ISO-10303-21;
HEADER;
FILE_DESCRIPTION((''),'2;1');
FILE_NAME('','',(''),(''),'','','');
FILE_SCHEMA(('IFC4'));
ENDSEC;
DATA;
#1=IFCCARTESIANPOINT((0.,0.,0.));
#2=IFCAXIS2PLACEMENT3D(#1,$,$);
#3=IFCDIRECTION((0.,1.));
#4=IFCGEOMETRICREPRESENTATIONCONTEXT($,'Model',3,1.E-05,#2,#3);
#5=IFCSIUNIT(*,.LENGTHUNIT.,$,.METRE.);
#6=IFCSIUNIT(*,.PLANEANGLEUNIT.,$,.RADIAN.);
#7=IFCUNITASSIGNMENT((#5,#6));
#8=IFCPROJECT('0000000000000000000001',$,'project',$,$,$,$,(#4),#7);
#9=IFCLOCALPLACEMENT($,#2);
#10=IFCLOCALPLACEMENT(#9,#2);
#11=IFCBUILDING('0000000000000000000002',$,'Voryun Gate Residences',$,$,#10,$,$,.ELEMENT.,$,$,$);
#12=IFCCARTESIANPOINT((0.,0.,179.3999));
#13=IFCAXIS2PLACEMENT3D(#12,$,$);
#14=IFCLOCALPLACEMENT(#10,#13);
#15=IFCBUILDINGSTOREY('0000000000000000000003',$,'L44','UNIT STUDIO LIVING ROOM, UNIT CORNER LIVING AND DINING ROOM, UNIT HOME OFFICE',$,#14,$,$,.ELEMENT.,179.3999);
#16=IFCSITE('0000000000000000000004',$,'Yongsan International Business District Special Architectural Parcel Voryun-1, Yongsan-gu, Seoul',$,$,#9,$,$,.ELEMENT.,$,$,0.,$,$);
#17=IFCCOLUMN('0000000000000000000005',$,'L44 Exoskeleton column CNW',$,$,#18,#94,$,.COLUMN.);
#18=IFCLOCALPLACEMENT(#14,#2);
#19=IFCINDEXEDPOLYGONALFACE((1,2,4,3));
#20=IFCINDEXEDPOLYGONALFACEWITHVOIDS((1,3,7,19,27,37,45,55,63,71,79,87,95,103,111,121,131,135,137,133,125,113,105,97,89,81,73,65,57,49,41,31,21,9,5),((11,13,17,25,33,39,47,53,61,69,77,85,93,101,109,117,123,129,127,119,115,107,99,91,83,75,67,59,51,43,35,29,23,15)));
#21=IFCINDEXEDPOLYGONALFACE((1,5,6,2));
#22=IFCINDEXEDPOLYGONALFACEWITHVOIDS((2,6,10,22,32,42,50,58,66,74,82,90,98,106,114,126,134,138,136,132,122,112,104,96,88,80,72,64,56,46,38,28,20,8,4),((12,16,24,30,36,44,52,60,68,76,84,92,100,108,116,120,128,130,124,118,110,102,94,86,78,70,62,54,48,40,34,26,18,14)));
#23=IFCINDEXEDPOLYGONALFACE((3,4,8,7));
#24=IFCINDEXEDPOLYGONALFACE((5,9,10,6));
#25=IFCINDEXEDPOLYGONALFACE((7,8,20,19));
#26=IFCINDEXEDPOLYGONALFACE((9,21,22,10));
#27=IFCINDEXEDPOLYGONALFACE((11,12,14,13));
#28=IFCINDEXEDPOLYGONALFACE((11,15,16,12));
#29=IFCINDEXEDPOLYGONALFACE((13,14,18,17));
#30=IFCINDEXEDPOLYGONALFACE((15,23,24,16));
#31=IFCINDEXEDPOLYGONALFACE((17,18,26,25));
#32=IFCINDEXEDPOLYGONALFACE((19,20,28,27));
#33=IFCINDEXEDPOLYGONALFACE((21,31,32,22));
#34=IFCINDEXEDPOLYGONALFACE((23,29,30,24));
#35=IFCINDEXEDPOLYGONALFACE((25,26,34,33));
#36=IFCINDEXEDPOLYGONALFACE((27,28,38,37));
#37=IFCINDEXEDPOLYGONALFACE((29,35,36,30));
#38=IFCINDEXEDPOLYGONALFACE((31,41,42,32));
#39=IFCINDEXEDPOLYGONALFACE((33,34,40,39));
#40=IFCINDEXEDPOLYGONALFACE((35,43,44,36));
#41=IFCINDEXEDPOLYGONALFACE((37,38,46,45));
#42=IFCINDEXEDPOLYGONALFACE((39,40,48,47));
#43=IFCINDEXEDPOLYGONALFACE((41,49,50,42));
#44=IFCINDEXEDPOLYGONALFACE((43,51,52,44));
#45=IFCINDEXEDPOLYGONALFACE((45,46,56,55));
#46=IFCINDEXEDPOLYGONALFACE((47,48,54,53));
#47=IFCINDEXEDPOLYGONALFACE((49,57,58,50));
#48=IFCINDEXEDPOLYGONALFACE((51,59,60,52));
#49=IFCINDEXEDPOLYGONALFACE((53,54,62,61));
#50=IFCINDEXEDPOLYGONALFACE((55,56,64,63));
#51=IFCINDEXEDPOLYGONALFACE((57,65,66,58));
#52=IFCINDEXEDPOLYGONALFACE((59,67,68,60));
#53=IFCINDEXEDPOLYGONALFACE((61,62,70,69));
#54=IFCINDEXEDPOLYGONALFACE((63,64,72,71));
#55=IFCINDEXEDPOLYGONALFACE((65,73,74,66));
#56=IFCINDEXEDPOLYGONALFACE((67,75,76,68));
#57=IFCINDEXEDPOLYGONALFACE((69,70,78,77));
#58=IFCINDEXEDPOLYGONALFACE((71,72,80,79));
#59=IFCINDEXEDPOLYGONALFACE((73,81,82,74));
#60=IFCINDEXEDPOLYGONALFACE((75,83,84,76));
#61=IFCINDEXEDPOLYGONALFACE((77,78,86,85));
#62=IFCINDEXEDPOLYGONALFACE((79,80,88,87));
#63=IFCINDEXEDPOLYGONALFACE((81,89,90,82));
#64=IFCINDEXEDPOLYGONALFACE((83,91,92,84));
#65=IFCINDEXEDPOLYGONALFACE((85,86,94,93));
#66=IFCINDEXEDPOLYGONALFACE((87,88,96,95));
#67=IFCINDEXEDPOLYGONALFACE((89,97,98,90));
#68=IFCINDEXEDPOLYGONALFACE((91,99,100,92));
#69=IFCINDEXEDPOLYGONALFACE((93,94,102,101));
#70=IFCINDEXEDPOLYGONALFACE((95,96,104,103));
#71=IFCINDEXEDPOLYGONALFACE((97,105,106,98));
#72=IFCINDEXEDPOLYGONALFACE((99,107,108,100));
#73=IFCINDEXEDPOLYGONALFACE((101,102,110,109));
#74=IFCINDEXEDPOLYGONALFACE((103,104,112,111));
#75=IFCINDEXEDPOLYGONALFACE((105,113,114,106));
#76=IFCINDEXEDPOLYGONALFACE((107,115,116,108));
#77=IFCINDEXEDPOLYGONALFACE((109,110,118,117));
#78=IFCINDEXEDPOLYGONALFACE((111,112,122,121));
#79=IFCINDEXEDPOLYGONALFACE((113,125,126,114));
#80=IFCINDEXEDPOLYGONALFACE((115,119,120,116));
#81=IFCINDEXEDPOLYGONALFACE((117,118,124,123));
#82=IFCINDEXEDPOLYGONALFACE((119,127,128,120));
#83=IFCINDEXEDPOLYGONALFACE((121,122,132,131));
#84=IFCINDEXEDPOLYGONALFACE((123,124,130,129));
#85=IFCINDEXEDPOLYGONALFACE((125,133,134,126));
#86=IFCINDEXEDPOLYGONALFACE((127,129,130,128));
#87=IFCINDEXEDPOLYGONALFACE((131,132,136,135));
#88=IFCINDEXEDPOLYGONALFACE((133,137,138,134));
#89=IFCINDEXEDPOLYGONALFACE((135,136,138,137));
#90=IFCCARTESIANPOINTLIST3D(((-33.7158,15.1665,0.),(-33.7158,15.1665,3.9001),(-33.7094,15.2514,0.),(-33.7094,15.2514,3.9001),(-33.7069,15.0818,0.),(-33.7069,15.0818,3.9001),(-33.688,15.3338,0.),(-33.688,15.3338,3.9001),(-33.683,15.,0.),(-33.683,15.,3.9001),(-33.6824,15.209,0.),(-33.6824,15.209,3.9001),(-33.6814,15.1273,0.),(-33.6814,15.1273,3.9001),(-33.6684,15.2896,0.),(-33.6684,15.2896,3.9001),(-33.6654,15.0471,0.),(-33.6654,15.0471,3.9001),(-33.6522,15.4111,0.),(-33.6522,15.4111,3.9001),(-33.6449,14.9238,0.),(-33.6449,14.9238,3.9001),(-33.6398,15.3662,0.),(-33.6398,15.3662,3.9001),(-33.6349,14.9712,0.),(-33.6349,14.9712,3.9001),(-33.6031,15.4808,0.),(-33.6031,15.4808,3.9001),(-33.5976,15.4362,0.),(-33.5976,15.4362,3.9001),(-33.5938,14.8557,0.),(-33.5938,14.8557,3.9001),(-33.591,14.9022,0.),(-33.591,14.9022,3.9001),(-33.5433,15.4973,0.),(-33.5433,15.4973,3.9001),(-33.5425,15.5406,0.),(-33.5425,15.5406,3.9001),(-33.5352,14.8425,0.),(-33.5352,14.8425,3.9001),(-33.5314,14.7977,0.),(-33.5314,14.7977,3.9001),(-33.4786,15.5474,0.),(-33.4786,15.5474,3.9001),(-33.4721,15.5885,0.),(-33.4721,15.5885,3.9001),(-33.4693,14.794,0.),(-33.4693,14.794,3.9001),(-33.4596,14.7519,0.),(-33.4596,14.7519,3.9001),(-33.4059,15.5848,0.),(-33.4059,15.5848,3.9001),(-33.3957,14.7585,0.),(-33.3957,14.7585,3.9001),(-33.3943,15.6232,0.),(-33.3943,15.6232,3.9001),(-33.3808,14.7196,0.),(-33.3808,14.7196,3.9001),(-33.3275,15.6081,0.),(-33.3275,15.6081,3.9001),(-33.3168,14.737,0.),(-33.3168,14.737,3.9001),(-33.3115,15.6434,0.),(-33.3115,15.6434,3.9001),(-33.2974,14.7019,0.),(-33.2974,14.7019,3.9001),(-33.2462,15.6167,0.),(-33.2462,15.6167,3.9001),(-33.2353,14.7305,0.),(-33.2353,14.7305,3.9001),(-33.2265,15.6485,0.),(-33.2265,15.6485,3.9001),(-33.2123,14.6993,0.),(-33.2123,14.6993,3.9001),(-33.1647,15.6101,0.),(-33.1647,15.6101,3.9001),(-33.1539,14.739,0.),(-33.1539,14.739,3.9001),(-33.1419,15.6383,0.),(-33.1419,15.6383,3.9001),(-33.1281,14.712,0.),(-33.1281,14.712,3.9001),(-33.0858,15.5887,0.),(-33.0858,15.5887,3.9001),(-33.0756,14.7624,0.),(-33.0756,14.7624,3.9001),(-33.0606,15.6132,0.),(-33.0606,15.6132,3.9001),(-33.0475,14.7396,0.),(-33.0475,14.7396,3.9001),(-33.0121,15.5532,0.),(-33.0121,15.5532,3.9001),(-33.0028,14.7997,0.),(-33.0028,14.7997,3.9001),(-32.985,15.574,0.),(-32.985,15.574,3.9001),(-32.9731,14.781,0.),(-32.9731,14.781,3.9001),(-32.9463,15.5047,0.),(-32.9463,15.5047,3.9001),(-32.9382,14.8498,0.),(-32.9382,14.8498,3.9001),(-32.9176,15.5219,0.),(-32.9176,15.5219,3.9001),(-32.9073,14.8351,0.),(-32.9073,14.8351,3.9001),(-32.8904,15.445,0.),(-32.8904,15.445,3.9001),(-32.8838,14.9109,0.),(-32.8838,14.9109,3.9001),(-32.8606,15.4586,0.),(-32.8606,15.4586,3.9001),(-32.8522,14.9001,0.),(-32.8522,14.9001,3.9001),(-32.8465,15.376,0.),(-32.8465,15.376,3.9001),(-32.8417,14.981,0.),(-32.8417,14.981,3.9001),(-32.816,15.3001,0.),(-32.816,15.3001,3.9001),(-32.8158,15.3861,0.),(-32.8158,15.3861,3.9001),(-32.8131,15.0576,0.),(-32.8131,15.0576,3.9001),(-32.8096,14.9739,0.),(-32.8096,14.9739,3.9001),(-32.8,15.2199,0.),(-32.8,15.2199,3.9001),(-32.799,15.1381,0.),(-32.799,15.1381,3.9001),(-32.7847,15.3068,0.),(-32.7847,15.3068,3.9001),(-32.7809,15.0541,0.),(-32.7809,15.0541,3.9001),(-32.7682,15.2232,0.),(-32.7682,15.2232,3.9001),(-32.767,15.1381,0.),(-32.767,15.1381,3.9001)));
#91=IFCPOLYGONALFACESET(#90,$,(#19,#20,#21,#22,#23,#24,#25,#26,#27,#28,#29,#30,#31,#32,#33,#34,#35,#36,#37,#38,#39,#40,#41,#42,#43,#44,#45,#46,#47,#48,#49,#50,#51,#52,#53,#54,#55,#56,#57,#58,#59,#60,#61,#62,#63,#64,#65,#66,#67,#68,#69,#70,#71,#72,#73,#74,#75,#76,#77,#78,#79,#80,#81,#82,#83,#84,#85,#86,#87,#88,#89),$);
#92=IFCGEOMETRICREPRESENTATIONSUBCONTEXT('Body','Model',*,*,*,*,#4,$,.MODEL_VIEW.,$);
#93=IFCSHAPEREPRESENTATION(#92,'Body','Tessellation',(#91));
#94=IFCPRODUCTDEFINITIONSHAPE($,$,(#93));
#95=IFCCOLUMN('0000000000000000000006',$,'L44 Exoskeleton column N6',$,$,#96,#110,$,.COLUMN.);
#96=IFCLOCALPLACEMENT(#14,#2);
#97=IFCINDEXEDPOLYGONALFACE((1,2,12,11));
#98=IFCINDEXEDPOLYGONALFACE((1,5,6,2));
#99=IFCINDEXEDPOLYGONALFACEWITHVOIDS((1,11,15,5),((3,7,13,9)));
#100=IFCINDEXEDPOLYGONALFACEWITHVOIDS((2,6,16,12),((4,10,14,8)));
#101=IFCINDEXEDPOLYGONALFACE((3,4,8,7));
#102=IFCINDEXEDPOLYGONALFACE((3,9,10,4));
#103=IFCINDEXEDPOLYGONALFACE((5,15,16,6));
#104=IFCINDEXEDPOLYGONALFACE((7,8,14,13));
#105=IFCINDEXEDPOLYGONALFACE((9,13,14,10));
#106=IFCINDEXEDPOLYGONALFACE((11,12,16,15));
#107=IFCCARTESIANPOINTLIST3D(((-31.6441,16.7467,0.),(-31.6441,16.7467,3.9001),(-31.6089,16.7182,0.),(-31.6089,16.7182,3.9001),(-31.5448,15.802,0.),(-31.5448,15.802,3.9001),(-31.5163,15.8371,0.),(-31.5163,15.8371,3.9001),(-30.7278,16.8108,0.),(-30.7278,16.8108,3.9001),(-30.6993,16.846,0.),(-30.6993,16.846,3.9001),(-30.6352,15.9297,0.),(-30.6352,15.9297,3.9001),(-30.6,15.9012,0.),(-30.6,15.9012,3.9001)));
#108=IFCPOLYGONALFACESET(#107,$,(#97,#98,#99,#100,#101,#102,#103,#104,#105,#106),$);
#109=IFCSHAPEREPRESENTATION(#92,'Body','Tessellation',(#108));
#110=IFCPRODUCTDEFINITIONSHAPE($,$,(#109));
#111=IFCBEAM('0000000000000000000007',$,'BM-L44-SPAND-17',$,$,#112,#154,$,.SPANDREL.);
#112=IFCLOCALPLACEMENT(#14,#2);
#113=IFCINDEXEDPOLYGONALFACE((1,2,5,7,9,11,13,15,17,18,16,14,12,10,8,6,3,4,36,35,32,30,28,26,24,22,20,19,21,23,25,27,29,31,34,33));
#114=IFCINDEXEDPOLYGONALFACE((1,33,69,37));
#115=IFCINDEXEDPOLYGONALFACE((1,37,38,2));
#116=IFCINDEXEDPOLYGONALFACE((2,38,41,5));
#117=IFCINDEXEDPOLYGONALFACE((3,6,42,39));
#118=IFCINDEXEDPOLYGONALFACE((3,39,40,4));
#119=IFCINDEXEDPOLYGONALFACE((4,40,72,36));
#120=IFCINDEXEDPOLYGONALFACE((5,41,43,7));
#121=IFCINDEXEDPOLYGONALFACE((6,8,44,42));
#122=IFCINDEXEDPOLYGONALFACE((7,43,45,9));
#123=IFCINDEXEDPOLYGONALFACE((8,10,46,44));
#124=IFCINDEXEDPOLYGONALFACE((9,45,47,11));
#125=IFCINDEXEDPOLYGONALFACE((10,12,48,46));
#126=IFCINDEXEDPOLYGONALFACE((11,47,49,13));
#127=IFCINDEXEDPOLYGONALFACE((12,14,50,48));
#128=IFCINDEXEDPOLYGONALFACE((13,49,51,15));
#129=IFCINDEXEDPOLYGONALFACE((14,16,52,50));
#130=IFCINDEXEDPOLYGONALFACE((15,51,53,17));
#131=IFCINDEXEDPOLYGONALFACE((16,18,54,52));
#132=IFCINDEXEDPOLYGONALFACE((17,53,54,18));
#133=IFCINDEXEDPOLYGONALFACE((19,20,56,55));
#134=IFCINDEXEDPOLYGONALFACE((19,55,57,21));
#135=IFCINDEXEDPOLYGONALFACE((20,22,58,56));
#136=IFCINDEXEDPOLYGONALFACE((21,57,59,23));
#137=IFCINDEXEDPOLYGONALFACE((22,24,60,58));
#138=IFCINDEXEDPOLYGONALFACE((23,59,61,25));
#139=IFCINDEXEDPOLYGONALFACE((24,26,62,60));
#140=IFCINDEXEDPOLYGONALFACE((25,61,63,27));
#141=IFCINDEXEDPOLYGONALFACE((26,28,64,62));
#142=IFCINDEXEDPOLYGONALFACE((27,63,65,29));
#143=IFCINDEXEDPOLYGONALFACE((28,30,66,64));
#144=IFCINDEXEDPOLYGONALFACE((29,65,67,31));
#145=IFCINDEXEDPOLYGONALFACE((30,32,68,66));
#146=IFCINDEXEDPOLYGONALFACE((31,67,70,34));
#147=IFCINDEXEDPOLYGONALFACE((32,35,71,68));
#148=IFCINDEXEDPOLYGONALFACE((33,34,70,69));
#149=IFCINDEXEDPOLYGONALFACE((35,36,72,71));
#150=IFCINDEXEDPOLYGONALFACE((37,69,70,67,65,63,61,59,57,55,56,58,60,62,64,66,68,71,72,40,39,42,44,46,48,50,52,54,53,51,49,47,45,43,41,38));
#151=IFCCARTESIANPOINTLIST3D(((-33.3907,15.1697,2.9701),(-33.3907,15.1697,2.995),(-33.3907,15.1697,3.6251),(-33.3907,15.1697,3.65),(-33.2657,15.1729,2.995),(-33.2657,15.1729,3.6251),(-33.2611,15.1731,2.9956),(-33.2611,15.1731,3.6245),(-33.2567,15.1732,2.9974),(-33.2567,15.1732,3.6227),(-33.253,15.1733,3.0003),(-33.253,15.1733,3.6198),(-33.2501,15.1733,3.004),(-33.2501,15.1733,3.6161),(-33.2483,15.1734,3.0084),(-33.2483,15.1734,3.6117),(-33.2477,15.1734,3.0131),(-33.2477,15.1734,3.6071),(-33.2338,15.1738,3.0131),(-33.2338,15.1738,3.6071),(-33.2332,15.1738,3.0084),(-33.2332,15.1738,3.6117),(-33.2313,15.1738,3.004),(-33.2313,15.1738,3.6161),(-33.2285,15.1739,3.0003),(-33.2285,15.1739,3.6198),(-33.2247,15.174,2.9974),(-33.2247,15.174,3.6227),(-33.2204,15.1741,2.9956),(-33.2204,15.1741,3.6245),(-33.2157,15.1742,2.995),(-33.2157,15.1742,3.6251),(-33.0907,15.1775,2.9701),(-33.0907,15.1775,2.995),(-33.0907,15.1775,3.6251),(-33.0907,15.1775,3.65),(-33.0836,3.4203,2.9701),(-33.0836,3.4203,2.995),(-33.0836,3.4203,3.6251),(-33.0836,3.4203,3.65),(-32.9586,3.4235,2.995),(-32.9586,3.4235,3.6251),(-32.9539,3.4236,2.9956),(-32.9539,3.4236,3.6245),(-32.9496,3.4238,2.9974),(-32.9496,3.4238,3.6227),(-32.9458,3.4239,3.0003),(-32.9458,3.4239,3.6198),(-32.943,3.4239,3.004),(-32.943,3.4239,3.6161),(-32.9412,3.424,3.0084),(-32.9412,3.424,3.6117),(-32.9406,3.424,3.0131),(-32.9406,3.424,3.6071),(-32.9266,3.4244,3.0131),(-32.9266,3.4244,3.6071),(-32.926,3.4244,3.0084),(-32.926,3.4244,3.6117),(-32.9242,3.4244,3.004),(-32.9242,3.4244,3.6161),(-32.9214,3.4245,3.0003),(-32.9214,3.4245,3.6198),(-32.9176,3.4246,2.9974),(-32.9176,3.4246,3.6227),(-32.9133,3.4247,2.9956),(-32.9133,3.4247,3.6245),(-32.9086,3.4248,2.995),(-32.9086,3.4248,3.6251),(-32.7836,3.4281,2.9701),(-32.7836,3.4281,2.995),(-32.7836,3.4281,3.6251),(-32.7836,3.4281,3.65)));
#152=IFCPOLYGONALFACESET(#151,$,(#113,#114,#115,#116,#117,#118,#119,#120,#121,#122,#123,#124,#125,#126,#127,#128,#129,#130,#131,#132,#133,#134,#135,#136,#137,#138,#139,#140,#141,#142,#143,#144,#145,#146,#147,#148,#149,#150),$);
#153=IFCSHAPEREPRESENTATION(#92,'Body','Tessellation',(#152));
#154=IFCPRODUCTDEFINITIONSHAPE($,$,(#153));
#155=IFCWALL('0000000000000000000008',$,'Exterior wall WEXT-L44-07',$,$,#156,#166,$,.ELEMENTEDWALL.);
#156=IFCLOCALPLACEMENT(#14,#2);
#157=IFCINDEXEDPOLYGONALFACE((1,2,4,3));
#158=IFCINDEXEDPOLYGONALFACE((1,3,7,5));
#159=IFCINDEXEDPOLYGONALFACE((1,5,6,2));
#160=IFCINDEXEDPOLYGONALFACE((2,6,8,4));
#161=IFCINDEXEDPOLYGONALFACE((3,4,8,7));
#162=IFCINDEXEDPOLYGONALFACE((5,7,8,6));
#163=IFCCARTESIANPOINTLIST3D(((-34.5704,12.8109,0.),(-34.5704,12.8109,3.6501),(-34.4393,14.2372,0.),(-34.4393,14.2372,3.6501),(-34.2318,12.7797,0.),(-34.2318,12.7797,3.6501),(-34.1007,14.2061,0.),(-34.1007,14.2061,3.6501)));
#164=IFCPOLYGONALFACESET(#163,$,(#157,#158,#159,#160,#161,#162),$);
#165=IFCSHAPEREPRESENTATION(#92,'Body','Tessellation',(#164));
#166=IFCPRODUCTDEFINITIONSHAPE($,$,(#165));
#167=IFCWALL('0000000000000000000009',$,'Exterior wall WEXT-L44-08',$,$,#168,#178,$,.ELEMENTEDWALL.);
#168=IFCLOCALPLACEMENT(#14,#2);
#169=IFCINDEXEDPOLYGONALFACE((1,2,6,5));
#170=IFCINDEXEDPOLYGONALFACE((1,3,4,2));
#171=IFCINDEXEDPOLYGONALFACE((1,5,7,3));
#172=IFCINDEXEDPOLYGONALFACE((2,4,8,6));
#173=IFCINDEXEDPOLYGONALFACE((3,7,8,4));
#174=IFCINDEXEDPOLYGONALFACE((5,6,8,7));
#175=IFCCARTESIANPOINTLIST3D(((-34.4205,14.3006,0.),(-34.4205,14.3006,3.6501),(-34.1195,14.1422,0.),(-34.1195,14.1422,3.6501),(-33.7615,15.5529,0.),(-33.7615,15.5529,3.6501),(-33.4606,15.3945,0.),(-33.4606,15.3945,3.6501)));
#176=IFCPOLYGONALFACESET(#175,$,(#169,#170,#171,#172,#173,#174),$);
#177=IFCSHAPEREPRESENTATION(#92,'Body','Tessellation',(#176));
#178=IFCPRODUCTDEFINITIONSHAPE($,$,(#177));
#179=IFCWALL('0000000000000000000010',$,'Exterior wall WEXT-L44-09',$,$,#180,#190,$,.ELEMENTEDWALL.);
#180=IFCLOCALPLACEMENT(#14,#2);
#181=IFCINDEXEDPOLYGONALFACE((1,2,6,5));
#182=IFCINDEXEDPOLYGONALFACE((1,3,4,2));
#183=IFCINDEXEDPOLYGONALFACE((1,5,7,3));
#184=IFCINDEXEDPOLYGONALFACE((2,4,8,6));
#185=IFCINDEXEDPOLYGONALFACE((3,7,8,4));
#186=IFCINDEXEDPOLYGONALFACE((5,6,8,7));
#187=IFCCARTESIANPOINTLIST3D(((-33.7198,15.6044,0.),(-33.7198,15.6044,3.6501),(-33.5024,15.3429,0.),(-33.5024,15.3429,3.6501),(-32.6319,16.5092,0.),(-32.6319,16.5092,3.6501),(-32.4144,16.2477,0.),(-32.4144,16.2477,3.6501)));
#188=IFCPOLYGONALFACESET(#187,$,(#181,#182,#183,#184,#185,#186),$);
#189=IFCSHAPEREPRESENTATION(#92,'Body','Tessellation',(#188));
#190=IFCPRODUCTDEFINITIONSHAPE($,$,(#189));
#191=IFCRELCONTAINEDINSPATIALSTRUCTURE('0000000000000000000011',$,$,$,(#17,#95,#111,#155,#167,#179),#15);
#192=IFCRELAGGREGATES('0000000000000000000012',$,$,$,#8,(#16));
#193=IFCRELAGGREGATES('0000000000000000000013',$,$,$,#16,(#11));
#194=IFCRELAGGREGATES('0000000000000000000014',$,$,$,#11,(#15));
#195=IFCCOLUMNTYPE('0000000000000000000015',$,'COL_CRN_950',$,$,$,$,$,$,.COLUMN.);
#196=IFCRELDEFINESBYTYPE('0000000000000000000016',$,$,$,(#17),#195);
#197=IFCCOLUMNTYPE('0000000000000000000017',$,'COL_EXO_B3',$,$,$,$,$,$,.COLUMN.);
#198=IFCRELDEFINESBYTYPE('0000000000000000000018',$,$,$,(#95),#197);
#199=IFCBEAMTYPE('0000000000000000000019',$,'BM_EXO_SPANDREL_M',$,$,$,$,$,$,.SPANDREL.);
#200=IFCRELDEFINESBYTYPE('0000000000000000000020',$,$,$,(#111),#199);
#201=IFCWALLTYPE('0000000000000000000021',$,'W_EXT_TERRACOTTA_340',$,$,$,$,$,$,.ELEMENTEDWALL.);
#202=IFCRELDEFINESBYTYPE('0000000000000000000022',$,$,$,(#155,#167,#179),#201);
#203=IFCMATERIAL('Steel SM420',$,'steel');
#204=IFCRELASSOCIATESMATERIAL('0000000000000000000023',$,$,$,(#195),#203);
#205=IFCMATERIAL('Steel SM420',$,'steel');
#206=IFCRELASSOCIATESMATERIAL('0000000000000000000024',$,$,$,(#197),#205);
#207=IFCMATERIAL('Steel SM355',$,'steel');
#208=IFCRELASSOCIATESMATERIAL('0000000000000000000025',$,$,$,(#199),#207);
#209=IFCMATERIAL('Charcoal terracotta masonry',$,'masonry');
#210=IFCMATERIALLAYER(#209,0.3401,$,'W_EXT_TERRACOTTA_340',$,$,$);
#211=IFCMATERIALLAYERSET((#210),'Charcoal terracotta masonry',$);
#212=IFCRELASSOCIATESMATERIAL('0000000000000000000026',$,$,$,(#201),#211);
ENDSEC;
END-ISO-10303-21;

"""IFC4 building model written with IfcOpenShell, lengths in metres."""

from ifc_helpers import new_model, si_unit, direction, frame, frame_2d, origin, origin_2d, place, context, subcontext, project, spatial, rectangle, hollow_rectangle, hollow_circle, i_section, extrude, material, layer, layer_set, material_profile, profile_set, type_object, element, save


model = new_model("IFC4")

# Units and contexts
model_context = context("Model", 3, precision=1e-05, world=origin(), true_north=direction((0.0, 1.0)))
body_context = subcontext(model_context, "Body", "Model", "MODEL_VIEW")
ifc_project = project(units=[si_unit("LENGTHUNIT", "METRE"), si_unit("PLANEANGLEUNIT", "RADIAN")], contexts=[model_context])

# Site, building, storey
site_placement = place(None, origin())
site = spatial("IfcSite", under=ifc_project, at=site_placement, Name="Yongsan International Business District Special Architectural Parcel Voryun-1, Yongsan-gu, Seoul", CompositionType="ELEMENT", RefElevation=0.0)
building_placement = place(site_placement, origin())
building = spatial("IfcBuilding", under=site, at=building_placement, Name="Voryun Gate Residences", CompositionType="ELEMENT")
storey_placement = place(building_placement, frame((0.0, 0.0, 179.3999)))
storey = spatial("IfcBuildingStorey", under=building, at=storey_placement, Name="L44", Description="UNIT STUDIO LIVING ROOM, UNIT CORNER LIVING AND DINING ROOM, UNIT HOME OFFICE", CompositionType="ELEMENT", Elevation=179.3999)

# Columns
ifc_material_1 = material(Name="Steel SM420", Category="steel")
ifc_material_profile_1 = material_profile(ifc_material_1, hollow_circle(Radius=0.4751, WallThickness=0.032, at=origin_2d()), Name="CHS-950x32")
ifc_profile_set_1 = profile_set([ifc_material_profile_1], Name="Steel SM420")
column_type_1 = type_object("IfcColumnType", Name="COL_CRN_950", PredefinedType="COLUMN", material=ifc_profile_set_1)
column_1_placement = place(storey_placement, frame((-33.2407, 15.1736, 0.0), z_axis=(0.0, 0.0, 1.0), x_axis=(0.994522, 0.104528, 0.0)))
element("IfcColumn", 1, at=column_1_placement, inside=storey, type_object=column_type_1, Name="L44 Exoskeleton column CNW", PredefinedType="COLUMN", context=body_context, shape_type="SweptSolid", body=[
    extrude(hollow_circle(Radius=0.4751, WallThickness=0.032, at=origin_2d()), origin(), (0.0, 0.0, 1.0), 3.9001),
])
ifc_material_2 = material(Name="Steel SM420", Category="steel")
ifc_material_profile_2 = material_profile(ifc_material_2, hollow_rectangle(XDim=0.95, YDim=0.95, WallThickness=0.032, at=origin_2d()), Name="BOX-950x950x32")
ifc_profile_set_2 = profile_set([ifc_material_profile_2], Name="Steel SM420")
column_type_2 = type_object("IfcColumnType", Name="COL_EXO_B3", PredefinedType="COLUMN", material=ifc_profile_set_2)
column_2_placement = place(storey_placement, frame((-31.1221, 16.324, 0.0), z_axis=(0.0, 0.0, 1.0), x_axis=(0.994522, 0.104528, 0.0)))
element("IfcColumn", 2, at=column_2_placement, inside=storey, type_object=column_type_2, Name="L44 Exoskeleton column N6", PredefinedType="COLUMN", context=body_context, shape_type="SweptSolid", body=[
    extrude(hollow_rectangle(XDim=0.95, YDim=0.95, WallThickness=0.032, at=origin_2d()), origin(), (0.0, 0.0, 1.0), 3.9001),
])

# Beam
ifc_material_3 = material(Name="Steel SM355", Category="steel")
ifc_material_profile_3 = material_profile(ifc_material_3, i_section(OverallWidth=0.3, OverallDepth=0.6799, WebThickness=0.0139, FlangeThickness=0.0249, FilletRadius=0.0181, at=origin_2d()), Name="H-680x300x14x25")
ifc_profile_set_3 = profile_set([ifc_material_profile_3], Name="Steel SM355")
beam_type = type_object("IfcBeamType", Name="BM_EXO_SPANDREL_M", PredefinedType="SPANDREL", material=ifc_profile_set_3)
beam_placement = place(storey_placement, frame((-33.2407, 15.1736, 3.3101), z_axis=(0.026131, -0.999659, 0.0), x_axis=(0.999659, 0.026131, 0.0)))
element("IfcBeam", 3, at=beam_placement, inside=storey, type_object=beam_type, Name="BM-L44-SPAND-17", PredefinedType="SPANDREL", context=body_context, shape_type="SweptSolid", body=[
    extrude(i_section(OverallWidth=0.3, OverallDepth=0.6799, WebThickness=0.0139, FlangeThickness=0.0249, FilletRadius=0.0181, at=origin_2d()), origin(), (0.0, 0.0, 1.0), 11.7534),
])

# Walls
ifc_material_4 = material(Name="Charcoal terracotta masonry", Category="masonry")
ifc_layer_1 = layer(ifc_material_4, 0.3401, Name="W_EXT_TERRACOTTA_340")
ifc_layer_set_1 = layer_set([ifc_layer_1], Name="Charcoal terracotta masonry")
wall_type_1 = type_object("IfcWallType", Name="W_EXT_TERRACOTTA_340", PredefinedType="ELEMENTEDWALL", material=ifc_layer_set_1)
wall_1_placement = place(storey_placement, frame((-34.4011, 12.7952, 0.0), z_axis=(0.0, 0.0, 1.0), x_axis=(0.091535, 0.995802, 0.0)))
element("IfcWall", 4, at=wall_1_placement, inside=storey, type_object=wall_type_1, Name="Exterior wall WEXT-L44-07", PredefinedType="ELEMENTEDWALL", context=body_context, shape_type="SweptSolid", body=[
    extrude(rectangle(XDim=1.4324, YDim=0.3401, at=frame_2d((0.7163, 0.0))), origin(), (0.0, 0.0, 1.0), 3.6501),
])
for number, where, z_axis, x_axis, name in (
    (5, (-34.27, 14.2214, 0.0), (0.0, 0.0, 1.0), (0.465682, 0.884952, 0.0), "Exterior wall WEXT-L44-08"),
    (6, (-33.6111, 15.4736, 0.0), (0.0, 0.0, 1.0), (0.768843, 0.639437, 0.0), "Exterior wall WEXT-L44-09"),
):
    element("IfcWall", number, at=place(storey_placement, frame(where, z_axis=z_axis, x_axis=x_axis)), inside=storey, type_object=wall_type_1, Name=name, PredefinedType="ELEMENTEDWALL", context=body_context, shape_type="SweptSolid", body=[
        extrude(rectangle(XDim=1.415, YDim=0.3401, at=frame_2d((0.7075, 0.0))), origin(), (0.0, 0.0, 1.0), 3.6501),
    ])

save(model, "model.ifc")
